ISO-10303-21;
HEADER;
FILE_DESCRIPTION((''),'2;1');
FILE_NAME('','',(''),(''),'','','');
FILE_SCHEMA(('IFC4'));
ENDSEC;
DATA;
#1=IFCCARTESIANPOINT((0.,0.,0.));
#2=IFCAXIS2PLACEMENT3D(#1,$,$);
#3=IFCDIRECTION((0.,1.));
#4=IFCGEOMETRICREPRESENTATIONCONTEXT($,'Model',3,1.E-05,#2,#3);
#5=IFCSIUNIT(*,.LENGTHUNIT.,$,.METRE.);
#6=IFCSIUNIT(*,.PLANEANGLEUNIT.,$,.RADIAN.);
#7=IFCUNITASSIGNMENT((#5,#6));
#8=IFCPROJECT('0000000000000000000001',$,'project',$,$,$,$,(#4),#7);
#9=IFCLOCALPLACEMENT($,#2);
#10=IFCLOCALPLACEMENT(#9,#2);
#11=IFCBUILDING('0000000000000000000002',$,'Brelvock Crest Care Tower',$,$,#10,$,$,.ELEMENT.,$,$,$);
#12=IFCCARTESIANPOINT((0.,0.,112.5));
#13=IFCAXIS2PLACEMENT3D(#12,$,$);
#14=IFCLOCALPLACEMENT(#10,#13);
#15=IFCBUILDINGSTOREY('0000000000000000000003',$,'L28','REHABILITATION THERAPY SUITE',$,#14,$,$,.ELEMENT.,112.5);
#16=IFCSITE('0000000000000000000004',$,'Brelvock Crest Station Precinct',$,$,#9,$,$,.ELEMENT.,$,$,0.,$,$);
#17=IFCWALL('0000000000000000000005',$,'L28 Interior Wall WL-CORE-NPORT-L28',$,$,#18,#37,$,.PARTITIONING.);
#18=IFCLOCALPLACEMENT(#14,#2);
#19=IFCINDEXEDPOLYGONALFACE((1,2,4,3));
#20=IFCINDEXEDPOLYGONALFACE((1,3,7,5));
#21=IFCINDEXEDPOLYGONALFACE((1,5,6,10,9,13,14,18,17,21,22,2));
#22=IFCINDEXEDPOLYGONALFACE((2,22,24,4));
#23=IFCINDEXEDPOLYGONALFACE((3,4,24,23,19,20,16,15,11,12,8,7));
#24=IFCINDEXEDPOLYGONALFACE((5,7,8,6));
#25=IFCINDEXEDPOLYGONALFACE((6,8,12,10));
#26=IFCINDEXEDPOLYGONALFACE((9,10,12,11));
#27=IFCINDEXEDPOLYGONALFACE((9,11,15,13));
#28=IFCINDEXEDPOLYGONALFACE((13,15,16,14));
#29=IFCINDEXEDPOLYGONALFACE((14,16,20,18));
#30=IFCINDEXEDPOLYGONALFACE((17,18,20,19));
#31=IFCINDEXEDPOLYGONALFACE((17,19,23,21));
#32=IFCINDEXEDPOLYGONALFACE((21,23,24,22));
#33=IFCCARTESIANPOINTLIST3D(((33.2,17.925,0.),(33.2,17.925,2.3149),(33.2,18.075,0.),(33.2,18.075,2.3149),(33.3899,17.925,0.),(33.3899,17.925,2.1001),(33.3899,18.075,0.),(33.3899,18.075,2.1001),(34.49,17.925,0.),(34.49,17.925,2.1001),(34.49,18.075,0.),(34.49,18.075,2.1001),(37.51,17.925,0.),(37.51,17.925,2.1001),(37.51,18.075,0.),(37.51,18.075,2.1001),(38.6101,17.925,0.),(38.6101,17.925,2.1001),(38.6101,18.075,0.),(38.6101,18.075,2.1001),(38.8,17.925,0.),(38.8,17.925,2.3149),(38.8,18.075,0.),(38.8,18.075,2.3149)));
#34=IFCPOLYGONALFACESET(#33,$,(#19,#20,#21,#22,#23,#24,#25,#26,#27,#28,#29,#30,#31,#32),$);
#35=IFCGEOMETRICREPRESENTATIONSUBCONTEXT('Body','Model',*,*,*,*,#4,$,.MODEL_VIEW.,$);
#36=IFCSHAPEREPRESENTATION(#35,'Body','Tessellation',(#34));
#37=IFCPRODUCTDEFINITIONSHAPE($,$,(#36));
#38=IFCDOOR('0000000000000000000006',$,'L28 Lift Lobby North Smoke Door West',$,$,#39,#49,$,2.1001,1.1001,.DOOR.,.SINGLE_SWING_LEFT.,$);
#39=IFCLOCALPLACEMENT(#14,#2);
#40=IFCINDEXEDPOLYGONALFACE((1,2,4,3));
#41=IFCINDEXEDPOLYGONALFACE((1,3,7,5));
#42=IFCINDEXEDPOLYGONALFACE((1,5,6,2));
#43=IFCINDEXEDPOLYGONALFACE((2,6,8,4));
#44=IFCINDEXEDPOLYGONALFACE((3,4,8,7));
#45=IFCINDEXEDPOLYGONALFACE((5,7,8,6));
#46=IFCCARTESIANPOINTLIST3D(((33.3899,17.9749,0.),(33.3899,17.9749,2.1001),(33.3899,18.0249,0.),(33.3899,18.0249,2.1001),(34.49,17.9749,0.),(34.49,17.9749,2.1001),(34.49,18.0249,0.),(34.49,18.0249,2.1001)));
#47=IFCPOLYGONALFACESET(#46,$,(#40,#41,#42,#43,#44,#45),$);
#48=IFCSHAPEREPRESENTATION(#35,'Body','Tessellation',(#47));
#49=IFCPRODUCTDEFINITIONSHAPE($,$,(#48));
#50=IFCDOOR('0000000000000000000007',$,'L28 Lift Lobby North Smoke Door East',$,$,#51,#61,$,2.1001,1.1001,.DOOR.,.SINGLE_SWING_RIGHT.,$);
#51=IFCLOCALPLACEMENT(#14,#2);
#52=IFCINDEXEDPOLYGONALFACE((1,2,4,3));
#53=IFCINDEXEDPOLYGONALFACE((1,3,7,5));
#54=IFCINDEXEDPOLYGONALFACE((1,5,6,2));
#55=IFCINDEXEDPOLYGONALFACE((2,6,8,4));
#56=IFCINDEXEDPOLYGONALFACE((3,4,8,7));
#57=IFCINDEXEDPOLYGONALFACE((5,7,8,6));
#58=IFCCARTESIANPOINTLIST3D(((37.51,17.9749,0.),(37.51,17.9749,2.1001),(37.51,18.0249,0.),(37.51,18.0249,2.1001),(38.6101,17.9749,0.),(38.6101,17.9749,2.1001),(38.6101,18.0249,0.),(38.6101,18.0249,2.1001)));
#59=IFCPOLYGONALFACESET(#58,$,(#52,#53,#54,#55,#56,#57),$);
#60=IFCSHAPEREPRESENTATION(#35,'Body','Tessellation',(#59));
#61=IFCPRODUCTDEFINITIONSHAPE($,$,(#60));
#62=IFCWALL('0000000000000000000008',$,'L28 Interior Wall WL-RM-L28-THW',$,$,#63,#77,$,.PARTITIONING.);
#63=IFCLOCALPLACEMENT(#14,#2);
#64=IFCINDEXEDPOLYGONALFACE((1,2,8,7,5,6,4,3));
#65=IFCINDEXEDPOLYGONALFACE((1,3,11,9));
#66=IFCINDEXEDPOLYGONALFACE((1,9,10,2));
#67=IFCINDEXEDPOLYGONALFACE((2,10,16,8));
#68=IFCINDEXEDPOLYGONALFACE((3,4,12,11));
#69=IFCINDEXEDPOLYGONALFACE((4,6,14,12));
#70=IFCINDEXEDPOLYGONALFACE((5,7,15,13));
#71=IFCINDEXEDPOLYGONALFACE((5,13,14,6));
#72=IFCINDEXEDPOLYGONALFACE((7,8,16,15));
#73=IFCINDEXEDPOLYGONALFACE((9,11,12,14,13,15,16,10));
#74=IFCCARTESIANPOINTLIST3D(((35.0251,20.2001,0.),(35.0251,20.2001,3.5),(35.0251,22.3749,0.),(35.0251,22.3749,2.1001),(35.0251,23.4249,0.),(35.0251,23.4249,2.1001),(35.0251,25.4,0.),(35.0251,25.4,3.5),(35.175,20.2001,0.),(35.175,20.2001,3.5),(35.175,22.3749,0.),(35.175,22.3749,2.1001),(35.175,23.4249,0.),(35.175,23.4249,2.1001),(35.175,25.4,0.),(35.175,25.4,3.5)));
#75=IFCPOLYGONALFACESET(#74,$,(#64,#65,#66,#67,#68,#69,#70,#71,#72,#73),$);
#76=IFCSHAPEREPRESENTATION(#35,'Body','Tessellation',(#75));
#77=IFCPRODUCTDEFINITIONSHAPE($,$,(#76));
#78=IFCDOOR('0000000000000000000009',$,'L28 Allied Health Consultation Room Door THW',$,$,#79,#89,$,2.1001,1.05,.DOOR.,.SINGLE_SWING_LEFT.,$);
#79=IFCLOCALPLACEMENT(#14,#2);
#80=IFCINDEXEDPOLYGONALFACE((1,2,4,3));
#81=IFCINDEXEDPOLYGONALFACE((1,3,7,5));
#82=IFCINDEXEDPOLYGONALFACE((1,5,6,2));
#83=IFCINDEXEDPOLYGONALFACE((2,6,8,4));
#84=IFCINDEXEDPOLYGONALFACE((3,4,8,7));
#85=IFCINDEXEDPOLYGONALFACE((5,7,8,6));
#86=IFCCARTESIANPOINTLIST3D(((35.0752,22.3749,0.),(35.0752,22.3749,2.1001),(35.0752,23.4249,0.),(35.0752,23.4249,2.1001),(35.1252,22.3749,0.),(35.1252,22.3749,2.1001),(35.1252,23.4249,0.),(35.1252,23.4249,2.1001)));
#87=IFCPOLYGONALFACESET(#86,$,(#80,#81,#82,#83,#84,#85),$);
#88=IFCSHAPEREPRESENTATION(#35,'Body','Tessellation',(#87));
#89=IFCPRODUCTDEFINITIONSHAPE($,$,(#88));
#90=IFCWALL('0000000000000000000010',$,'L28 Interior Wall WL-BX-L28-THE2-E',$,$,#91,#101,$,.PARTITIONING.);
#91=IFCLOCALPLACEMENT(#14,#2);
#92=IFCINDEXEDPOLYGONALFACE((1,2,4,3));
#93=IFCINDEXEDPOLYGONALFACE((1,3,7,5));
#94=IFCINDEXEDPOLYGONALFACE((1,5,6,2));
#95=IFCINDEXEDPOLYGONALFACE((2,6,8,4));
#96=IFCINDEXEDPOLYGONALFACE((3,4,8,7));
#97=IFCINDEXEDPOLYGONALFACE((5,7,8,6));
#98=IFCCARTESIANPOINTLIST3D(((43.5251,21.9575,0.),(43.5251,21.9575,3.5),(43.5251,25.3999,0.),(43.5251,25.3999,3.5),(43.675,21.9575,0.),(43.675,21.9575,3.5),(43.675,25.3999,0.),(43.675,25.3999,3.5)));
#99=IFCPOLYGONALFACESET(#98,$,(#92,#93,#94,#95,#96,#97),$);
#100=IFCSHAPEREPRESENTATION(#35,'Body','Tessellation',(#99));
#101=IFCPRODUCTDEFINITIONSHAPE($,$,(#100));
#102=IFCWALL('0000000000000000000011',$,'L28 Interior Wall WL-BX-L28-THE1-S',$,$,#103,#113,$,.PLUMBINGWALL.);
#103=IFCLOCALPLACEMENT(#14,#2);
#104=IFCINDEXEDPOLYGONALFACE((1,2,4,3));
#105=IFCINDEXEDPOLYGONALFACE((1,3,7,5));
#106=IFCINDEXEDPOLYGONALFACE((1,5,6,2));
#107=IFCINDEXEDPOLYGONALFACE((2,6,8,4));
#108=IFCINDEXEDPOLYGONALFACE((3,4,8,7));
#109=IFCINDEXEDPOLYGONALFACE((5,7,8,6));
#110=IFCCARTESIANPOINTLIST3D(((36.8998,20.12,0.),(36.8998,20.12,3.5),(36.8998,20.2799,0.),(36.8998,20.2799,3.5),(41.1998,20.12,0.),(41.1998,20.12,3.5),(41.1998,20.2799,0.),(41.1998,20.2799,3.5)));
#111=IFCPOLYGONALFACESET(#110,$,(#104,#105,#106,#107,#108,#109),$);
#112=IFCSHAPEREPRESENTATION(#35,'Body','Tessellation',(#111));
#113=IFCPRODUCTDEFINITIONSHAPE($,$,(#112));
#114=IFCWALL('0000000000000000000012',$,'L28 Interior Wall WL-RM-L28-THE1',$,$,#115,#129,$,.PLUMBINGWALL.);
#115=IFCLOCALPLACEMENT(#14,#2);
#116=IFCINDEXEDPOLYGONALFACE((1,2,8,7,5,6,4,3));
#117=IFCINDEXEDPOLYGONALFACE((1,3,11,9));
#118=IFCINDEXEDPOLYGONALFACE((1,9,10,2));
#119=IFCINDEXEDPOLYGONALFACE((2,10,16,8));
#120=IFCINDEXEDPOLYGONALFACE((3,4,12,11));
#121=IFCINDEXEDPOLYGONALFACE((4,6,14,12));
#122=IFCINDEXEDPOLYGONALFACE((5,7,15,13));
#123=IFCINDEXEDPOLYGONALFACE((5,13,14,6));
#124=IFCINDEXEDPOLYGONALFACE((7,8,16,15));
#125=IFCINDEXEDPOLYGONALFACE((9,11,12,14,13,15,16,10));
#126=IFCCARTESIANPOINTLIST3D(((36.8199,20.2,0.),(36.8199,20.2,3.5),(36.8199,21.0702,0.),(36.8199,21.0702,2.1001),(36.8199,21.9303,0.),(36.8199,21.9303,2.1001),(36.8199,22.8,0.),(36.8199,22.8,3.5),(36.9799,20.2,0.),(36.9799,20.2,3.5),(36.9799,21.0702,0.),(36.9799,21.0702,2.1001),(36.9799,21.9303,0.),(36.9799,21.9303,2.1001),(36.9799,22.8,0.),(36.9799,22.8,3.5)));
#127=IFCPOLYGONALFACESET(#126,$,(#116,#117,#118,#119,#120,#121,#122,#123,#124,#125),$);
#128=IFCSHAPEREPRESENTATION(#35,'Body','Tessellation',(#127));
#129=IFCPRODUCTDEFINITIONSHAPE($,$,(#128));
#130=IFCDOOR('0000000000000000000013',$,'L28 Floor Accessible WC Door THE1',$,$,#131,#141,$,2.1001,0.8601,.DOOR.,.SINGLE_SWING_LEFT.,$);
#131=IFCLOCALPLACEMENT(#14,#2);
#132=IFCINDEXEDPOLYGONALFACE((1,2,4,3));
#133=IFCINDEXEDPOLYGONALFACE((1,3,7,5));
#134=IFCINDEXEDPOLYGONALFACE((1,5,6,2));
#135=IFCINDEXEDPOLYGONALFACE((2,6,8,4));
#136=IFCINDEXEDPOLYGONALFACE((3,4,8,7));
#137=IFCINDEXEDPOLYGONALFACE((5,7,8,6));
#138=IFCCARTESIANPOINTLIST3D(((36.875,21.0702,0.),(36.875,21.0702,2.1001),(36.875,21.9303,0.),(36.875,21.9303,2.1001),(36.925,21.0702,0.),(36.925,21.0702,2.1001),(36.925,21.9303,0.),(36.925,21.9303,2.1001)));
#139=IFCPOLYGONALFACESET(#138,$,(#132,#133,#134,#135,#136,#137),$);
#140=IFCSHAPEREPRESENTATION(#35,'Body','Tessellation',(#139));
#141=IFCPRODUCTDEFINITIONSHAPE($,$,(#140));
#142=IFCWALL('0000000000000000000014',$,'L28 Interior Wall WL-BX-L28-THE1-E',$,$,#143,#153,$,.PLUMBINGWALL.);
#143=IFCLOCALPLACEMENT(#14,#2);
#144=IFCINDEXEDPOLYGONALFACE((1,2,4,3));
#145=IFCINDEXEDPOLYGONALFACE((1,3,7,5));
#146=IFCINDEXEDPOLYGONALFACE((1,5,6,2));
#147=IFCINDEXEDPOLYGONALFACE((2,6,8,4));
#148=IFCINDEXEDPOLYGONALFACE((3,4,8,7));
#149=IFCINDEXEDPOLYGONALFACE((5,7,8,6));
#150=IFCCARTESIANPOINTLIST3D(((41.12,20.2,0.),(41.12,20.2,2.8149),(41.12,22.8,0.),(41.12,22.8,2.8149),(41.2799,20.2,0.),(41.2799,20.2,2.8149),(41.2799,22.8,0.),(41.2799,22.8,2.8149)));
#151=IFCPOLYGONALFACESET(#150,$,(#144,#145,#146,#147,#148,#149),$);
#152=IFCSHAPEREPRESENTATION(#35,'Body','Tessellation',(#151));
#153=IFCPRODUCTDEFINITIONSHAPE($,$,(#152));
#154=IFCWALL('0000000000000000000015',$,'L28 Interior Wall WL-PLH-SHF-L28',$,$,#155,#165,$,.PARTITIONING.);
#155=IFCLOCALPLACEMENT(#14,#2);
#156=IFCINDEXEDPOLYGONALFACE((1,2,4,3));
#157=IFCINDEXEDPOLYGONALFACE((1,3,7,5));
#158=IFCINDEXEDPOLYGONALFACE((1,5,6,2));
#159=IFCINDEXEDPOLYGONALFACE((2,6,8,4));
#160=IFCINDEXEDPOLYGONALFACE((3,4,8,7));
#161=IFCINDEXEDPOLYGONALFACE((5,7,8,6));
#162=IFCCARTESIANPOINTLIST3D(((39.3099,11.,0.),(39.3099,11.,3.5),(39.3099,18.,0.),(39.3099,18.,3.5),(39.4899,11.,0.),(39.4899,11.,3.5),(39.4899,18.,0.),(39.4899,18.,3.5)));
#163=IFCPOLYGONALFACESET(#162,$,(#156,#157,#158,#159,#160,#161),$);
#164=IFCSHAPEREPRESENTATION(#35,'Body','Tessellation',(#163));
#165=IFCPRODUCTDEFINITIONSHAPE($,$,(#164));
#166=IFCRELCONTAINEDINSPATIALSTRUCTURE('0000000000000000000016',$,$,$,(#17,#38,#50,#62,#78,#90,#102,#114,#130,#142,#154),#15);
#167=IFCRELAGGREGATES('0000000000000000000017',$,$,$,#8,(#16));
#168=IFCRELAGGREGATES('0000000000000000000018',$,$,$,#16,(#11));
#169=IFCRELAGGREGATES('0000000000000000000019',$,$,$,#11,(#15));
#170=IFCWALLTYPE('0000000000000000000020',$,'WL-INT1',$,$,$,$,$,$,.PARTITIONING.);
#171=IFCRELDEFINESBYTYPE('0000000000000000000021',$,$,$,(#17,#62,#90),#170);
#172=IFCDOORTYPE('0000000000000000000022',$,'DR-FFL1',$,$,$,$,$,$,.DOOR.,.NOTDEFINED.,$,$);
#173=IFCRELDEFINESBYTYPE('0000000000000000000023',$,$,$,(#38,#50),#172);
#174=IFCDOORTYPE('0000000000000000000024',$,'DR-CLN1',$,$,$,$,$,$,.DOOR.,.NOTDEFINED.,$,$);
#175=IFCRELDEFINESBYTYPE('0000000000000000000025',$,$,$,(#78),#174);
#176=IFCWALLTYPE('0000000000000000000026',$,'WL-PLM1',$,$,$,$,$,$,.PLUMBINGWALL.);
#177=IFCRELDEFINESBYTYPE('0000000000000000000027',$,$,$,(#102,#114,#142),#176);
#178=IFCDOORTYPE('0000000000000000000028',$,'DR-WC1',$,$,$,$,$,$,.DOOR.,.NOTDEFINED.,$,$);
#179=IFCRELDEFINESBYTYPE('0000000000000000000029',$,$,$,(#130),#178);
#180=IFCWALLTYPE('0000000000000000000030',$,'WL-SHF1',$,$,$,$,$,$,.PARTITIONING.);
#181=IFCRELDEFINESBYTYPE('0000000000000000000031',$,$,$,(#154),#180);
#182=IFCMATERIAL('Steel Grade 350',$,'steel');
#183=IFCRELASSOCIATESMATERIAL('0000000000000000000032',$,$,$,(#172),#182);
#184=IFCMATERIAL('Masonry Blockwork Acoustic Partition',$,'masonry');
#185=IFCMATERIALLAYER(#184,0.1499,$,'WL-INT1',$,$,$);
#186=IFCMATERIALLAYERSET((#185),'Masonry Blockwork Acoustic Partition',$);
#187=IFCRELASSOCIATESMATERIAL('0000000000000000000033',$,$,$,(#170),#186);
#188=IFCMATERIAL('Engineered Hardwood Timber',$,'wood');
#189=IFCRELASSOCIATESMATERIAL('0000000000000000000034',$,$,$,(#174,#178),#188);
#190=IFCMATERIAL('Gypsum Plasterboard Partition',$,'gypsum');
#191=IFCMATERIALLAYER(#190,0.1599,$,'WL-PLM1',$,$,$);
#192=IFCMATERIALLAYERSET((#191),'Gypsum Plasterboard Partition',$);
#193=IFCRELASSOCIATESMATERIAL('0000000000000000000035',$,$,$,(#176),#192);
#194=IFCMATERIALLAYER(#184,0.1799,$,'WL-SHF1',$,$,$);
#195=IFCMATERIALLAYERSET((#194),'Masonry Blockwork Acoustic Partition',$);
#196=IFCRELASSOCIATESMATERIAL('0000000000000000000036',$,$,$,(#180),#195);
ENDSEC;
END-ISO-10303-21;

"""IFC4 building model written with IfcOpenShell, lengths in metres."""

from ifc_helpers import new_model, si_unit, direction, frame, frame_2d, origin, origin_2d, place, context, subcontext, project, spatial, rectangle, extrude, source, transform, mapped, material, layer, layer_set, type_object, element, fill, save


model = new_model("IFC4")

# Units and contexts
model_context = context("Model", 3, precision=1e-05, world=origin(), true_north=direction((0.0, 1.0)))
body_context = subcontext(model_context, "Body", "Model", "MODEL_VIEW")
ifc_project = project(units=[si_unit("LENGTHUNIT", "METRE"), si_unit("PLANEANGLEUNIT", "RADIAN")], contexts=[model_context])

# Site, building, storey
site_placement = place(None, origin())
site = spatial("IfcSite", under=ifc_project, at=site_placement, Name="Brelvock Crest Station Precinct", CompositionType="ELEMENT", RefElevation=0.0)
building_placement = place(site_placement, origin())
building = spatial("IfcBuilding", under=site, at=building_placement, Name="Brelvock Crest Care Tower", CompositionType="ELEMENT")
storey_placement = place(building_placement, frame((0.0, 0.0, 112.5)))
storey = spatial("IfcBuildingStorey", under=building, at=storey_placement, Name="L28", Description="REHABILITATION THERAPY SUITE", CompositionType="ELEMENT", Elevation=112.5)

# Shared definitions
ifc_material_1 = material(Name="Steel Grade 350", Category="steel")

# Shared definitions
door_type_1 = type_object("IfcDoorType", Name="DR-FFL1", OperationType="NOTDEFINED", PredefinedType="DOOR", material=ifc_material_1)
shared_shape_1 = source(origin(), body_context, "Body", "SweptSolid", [
    extrude(rectangle(XDim=1.1001, YDim=2.1001, at=origin_2d()), frame((0.55, 0.0249, 1.05), z_axis=(0.0, -1.0, 0.0), x_axis=(1.0, 0.0, 0.0)), (0.0, 0.0, 1.0), 0.05),
])

# Wall, openings, doors
ifc_material_2 = material(Name="Masonry Blockwork Acoustic Partition", Category="masonry")
ifc_layer_1 = layer(ifc_material_2, 0.1499, Name="WL-INT1")
ifc_layer_set_1 = layer_set([ifc_layer_1], Name="Masonry Blockwork Acoustic Partition")
wall_type_1 = type_object("IfcWallType", Name="WL-INT1", PredefinedType="PARTITIONING", material=ifc_layer_set_1)
wall_1_placement = place(storey_placement, frame((33.2, 18.0, 0.0), z_axis=(0.0, 0.0, 1.0), x_axis=(1.0, 0.0, 0.0)))
wall_1 = element("IfcWall", 1, at=wall_1_placement, inside=storey, type_object=wall_type_1, Name="L28 Interior Wall WL-CORE-NPORT-L28", PredefinedType="PARTITIONING", context=body_context, shape_type="SweptSolid", body=[
    extrude(rectangle(XDim=5.6001, YDim=0.1499, at=frame_2d((2.8, 0.0))), origin(), (0.0, 0.0, 1.0), 2.3149),
])
opening_1_placement = place(wall_1_placement, frame((0.1899, 0.0, 0.0)))
opening_1 = element("IfcOpeningElement", 2, at=opening_1_placement, cuts=wall_1, PredefinedType="OPENING", context=body_context, shape_type="SweptSolid", body=[
    extrude(rectangle(XDim=1.1001, YDim=2.1001, at=origin_2d()), frame((0.55, 0.085, 1.05), z_axis=(0.0, -1.0, 0.0), x_axis=(1.0, 0.0, 0.0)), (0.0, 0.0, 1.0), 0.1699),
])
opening_2_placement = place(wall_1_placement, frame((4.3101, 0.0, 0.0)))
opening_2 = element("IfcOpeningElement", 3, at=opening_2_placement, cuts=wall_1, PredefinedType="OPENING", context=body_context, shape_type="SweptSolid", body=[
    extrude(rectangle(XDim=1.1001, YDim=2.1001, at=origin_2d()), frame((0.55, 0.085, 1.05), z_axis=(0.0, -1.0, 0.0), x_axis=(1.0, 0.0, 0.0)), (0.0, 0.0, 1.0), 0.1699),
])
door_1_placement = place(opening_1_placement, origin())
door_1 = element("IfcDoor", 4, at=door_1_placement, inside=storey, type_object=door_type_1, Name="L28 Lift Lobby North Smoke Door West", OperationType="SINGLE_SWING_LEFT", OverallHeight=2.1001, OverallWidth=1.1001, PredefinedType="DOOR", context=body_context, shape_type="MappedRepresentation", body=[
    mapped(shared_shape_1, transform((0.0, 0.0, 0.0), x_axis=(1.0, 0.0, 0.0), y_axis=(0.0, 1.0, 0.0), z_axis=(0.0, 0.0, 1.0), scale=1.0)),
])
fill(opening_1, door_1)
door_2_placement = place(opening_2_placement, origin())
door_2 = element("IfcDoor", 5, at=door_2_placement, inside=storey, type_object=door_type_1, Name="L28 Lift Lobby North Smoke Door East", OperationType="SINGLE_SWING_RIGHT", OverallHeight=2.1001, OverallWidth=1.1001, PredefinedType="DOOR", context=body_context, shape_type="MappedRepresentation", body=[
    mapped(shared_shape_1, transform((0.0, 0.0, 0.0), x_axis=(1.0, 0.0, 0.0), y_axis=(0.0, 1.0, 0.0), z_axis=(0.0, 0.0, 1.0), scale=1.0)),
])
fill(opening_2, door_2)

# Wall, opening, door
wall_2_placement = place(storey_placement, frame((35.1001, 20.2, 0.0), z_axis=(0.0, 0.0, 1.0), x_axis=(0.0, 1.0, 0.0)))
wall_2 = element("IfcWall", 6, at=wall_2_placement, inside=storey, type_object=wall_type_1, Name="L28 Interior Wall WL-RM-L28-THW", PredefinedType="PARTITIONING", context=body_context, shape_type="SweptSolid", body=[
    extrude(rectangle(XDim=5.2, YDim=0.1499, at=frame_2d((2.6001, 0.0))), origin(), (0.0, 0.0, 1.0), 3.5),
])
opening_3_placement = place(wall_2_placement, frame((2.175, 0.0, 0.0)))
opening_3 = element("IfcOpeningElement", 7, at=opening_3_placement, cuts=wall_2, PredefinedType="OPENING", context=body_context, shape_type="SweptSolid", body=[
    extrude(rectangle(XDim=1.05, YDim=2.1001, at=origin_2d()), frame((0.5249, 0.085, 1.05), z_axis=(0.0, -1.0, 0.0), x_axis=(1.0, 0.0, 0.0)), (0.0, 0.0, 1.0), 0.1699),
])
ifc_material_3 = material(Name="Engineered Hardwood Timber", Category="wood")
door_type_2 = type_object("IfcDoorType", Name="DR-CLN1", OperationType="NOTDEFINED", PredefinedType="DOOR", material=ifc_material_3)
shared_shape_2 = source(origin(), body_context, "Body", "SweptSolid", [
    extrude(rectangle(XDim=1.05, YDim=2.1001, at=origin_2d()), frame((0.5249, 0.0249, 1.05), z_axis=(0.0, -1.0, 0.0), x_axis=(1.0, 0.0, 0.0)), (0.0, 0.0, 1.0), 0.05),
])
door_3_placement = place(opening_3_placement, origin())
door_3 = element("IfcDoor", 8, at=door_3_placement, inside=storey, type_object=door_type_2, Name="L28 Allied Health Consultation Room Door THW", OperationType="SINGLE_SWING_LEFT", OverallHeight=2.1001, OverallWidth=1.05, PredefinedType="DOOR", context=body_context, shape_type="MappedRepresentation", body=[
    mapped(shared_shape_2, transform((0.0, 0.0, 0.0), x_axis=(1.0, 0.0, 0.0), y_axis=(0.0, 1.0, 0.0), z_axis=(0.0, 0.0, 1.0), scale=1.0)),
])
fill(opening_3, door_3)

# Walls
wall_3_placement = place(storey_placement, frame((43.6001, 21.9575, 0.0), z_axis=(0.0, 0.0, 1.0), x_axis=(0.0, 1.0, 0.0)))
element("IfcWall", 9, at=wall_3_placement, inside=storey, type_object=wall_type_1, Name="L28 Interior Wall WL-BX-L28-THE2-E", PredefinedType="PARTITIONING", context=body_context, shape_type="SweptSolid", body=[
    extrude(rectangle(XDim=3.4424, YDim=0.1499, at=frame_2d((1.7212, 0.0))), origin(), (0.0, 0.0, 1.0), 3.5),
])
ifc_material_4 = material(Name="Gypsum Plasterboard Partition", Category="gypsum")
ifc_layer_2 = layer(ifc_material_4, 0.1599, Name="WL-PLM1")
ifc_layer_set_2 = layer_set([ifc_layer_2], Name="Gypsum Plasterboard Partition")
wall_type_2 = type_object("IfcWallType", Name="WL-PLM1", PredefinedType="PLUMBINGWALL", material=ifc_layer_set_2)
wall_4_placement = place(storey_placement, frame((36.8999, 20.2, 0.0), z_axis=(0.0, 0.0, 1.0), x_axis=(1.0, 0.0, 0.0)))
element("IfcWall", 10, at=wall_4_placement, inside=storey, type_object=wall_type_2, Name="L28 Interior Wall WL-BX-L28-THE1-S", PredefinedType="PLUMBINGWALL", context=body_context, shape_type="SweptSolid", body=[
    extrude(rectangle(XDim=4.3, YDim=0.1599, at=frame_2d((2.1499, 0.0))), origin(), (0.0, 0.0, 1.0), 3.5),
])

# Wall, opening, door
wall_5_placement = place(storey_placement, frame((36.8999, 20.2, 0.0), z_axis=(0.0, 0.0, 1.0), x_axis=(0.0, 1.0, 0.0)))
wall_5 = element("IfcWall", 11, at=wall_5_placement, inside=storey, type_object=wall_type_2, Name="L28 Interior Wall WL-RM-L28-THE1", PredefinedType="PLUMBINGWALL", context=body_context, shape_type="SweptSolid", body=[
    extrude(rectangle(XDim=2.6001, YDim=0.1599, at=frame_2d((1.3, 0.0))), origin(), (0.0, 0.0, 1.0), 3.5),
])
opening_4_placement = place(wall_5_placement, frame((0.8701, 0.0, 0.0)))
opening_4 = element("IfcOpeningElement", 12, at=opening_4_placement, cuts=wall_5, PredefinedType="OPENING", context=body_context, shape_type="SweptSolid", body=[
    extrude(rectangle(XDim=0.8601, YDim=2.1001, at=origin_2d()), frame((0.4302, 0.0898, 1.05), z_axis=(0.0, -1.0, 0.0), x_axis=(1.0, 0.0, 0.0)), (0.0, 0.0, 1.0), 0.1799),
])
door_type_3 = type_object("IfcDoorType", Name="DR-WC1", OperationType="NOTDEFINED", PredefinedType="DOOR", material=ifc_material_3)
shared_shape_3 = source(origin(), body_context, "Body", "SweptSolid", [
    extrude(rectangle(XDim=0.8601, YDim=2.1001, at=origin_2d()), frame((0.4302, 0.0249, 1.05), z_axis=(0.0, -1.0, 0.0), x_axis=(1.0, 0.0, 0.0)), (0.0, 0.0, 1.0), 0.05),
])
door_4_placement = place(opening_4_placement, origin())
door_4 = element("IfcDoor", 13, at=door_4_placement, inside=storey, type_object=door_type_3, Name="L28 Floor Accessible WC Door THE1", OperationType="SINGLE_SWING_LEFT", OverallHeight=2.1001, OverallWidth=0.8601, PredefinedType="DOOR", context=body_context, shape_type="MappedRepresentation", body=[
    mapped(shared_shape_3, transform((0.0, 0.0, 0.0), x_axis=(1.0, 0.0, 0.0), y_axis=(0.0, 1.0, 0.0), z_axis=(0.0, 0.0, 1.0), scale=1.0)),
])
fill(opening_4, door_4)

# Walls
wall_6_placement = place(storey_placement, frame((41.2, 20.2, 0.0), z_axis=(0.0, 0.0, 1.0), x_axis=(0.0, 1.0, 0.0)))
element("IfcWall", 14, at=wall_6_placement, inside=storey, type_object=wall_type_2, Name="L28 Interior Wall WL-BX-L28-THE1-E", PredefinedType="PLUMBINGWALL", context=body_context, shape_type="SweptSolid", body=[
    extrude(rectangle(XDim=2.6001, YDim=0.1599, at=frame_2d((1.3, 0.0))), origin(), (0.0, 0.0, 1.0), 2.8149),
])
ifc_layer_3 = layer(ifc_material_2, 0.1799, Name="WL-SHF1")
ifc_layer_set_3 = layer_set([ifc_layer_3], Name="Masonry Blockwork Acoustic Partition")
wall_type_3 = type_object("IfcWallType", Name="WL-SHF1", PredefinedType="PARTITIONING", material=ifc_layer_set_3)
wall_7_placement = place(storey_placement, frame((39.3999, 11.0, 0.0), z_axis=(0.0, 0.0, 1.0), x_axis=(0.0, 1.0, 0.0)))
element("IfcWall", 15, at=wall_7_placement, inside=storey, type_object=wall_type_3, Name="L28 Interior Wall WL-PLH-SHF-L28", PredefinedType="PARTITIONING", context=body_context, shape_type="SweptSolid", body=[
    extrude(rectangle(XDim=7.0, YDim=0.1799, at=frame_2d((3.5, 0.0))), origin(), (0.0, 0.0, 1.0), 3.5),
])

save(model, "model.ifc")
